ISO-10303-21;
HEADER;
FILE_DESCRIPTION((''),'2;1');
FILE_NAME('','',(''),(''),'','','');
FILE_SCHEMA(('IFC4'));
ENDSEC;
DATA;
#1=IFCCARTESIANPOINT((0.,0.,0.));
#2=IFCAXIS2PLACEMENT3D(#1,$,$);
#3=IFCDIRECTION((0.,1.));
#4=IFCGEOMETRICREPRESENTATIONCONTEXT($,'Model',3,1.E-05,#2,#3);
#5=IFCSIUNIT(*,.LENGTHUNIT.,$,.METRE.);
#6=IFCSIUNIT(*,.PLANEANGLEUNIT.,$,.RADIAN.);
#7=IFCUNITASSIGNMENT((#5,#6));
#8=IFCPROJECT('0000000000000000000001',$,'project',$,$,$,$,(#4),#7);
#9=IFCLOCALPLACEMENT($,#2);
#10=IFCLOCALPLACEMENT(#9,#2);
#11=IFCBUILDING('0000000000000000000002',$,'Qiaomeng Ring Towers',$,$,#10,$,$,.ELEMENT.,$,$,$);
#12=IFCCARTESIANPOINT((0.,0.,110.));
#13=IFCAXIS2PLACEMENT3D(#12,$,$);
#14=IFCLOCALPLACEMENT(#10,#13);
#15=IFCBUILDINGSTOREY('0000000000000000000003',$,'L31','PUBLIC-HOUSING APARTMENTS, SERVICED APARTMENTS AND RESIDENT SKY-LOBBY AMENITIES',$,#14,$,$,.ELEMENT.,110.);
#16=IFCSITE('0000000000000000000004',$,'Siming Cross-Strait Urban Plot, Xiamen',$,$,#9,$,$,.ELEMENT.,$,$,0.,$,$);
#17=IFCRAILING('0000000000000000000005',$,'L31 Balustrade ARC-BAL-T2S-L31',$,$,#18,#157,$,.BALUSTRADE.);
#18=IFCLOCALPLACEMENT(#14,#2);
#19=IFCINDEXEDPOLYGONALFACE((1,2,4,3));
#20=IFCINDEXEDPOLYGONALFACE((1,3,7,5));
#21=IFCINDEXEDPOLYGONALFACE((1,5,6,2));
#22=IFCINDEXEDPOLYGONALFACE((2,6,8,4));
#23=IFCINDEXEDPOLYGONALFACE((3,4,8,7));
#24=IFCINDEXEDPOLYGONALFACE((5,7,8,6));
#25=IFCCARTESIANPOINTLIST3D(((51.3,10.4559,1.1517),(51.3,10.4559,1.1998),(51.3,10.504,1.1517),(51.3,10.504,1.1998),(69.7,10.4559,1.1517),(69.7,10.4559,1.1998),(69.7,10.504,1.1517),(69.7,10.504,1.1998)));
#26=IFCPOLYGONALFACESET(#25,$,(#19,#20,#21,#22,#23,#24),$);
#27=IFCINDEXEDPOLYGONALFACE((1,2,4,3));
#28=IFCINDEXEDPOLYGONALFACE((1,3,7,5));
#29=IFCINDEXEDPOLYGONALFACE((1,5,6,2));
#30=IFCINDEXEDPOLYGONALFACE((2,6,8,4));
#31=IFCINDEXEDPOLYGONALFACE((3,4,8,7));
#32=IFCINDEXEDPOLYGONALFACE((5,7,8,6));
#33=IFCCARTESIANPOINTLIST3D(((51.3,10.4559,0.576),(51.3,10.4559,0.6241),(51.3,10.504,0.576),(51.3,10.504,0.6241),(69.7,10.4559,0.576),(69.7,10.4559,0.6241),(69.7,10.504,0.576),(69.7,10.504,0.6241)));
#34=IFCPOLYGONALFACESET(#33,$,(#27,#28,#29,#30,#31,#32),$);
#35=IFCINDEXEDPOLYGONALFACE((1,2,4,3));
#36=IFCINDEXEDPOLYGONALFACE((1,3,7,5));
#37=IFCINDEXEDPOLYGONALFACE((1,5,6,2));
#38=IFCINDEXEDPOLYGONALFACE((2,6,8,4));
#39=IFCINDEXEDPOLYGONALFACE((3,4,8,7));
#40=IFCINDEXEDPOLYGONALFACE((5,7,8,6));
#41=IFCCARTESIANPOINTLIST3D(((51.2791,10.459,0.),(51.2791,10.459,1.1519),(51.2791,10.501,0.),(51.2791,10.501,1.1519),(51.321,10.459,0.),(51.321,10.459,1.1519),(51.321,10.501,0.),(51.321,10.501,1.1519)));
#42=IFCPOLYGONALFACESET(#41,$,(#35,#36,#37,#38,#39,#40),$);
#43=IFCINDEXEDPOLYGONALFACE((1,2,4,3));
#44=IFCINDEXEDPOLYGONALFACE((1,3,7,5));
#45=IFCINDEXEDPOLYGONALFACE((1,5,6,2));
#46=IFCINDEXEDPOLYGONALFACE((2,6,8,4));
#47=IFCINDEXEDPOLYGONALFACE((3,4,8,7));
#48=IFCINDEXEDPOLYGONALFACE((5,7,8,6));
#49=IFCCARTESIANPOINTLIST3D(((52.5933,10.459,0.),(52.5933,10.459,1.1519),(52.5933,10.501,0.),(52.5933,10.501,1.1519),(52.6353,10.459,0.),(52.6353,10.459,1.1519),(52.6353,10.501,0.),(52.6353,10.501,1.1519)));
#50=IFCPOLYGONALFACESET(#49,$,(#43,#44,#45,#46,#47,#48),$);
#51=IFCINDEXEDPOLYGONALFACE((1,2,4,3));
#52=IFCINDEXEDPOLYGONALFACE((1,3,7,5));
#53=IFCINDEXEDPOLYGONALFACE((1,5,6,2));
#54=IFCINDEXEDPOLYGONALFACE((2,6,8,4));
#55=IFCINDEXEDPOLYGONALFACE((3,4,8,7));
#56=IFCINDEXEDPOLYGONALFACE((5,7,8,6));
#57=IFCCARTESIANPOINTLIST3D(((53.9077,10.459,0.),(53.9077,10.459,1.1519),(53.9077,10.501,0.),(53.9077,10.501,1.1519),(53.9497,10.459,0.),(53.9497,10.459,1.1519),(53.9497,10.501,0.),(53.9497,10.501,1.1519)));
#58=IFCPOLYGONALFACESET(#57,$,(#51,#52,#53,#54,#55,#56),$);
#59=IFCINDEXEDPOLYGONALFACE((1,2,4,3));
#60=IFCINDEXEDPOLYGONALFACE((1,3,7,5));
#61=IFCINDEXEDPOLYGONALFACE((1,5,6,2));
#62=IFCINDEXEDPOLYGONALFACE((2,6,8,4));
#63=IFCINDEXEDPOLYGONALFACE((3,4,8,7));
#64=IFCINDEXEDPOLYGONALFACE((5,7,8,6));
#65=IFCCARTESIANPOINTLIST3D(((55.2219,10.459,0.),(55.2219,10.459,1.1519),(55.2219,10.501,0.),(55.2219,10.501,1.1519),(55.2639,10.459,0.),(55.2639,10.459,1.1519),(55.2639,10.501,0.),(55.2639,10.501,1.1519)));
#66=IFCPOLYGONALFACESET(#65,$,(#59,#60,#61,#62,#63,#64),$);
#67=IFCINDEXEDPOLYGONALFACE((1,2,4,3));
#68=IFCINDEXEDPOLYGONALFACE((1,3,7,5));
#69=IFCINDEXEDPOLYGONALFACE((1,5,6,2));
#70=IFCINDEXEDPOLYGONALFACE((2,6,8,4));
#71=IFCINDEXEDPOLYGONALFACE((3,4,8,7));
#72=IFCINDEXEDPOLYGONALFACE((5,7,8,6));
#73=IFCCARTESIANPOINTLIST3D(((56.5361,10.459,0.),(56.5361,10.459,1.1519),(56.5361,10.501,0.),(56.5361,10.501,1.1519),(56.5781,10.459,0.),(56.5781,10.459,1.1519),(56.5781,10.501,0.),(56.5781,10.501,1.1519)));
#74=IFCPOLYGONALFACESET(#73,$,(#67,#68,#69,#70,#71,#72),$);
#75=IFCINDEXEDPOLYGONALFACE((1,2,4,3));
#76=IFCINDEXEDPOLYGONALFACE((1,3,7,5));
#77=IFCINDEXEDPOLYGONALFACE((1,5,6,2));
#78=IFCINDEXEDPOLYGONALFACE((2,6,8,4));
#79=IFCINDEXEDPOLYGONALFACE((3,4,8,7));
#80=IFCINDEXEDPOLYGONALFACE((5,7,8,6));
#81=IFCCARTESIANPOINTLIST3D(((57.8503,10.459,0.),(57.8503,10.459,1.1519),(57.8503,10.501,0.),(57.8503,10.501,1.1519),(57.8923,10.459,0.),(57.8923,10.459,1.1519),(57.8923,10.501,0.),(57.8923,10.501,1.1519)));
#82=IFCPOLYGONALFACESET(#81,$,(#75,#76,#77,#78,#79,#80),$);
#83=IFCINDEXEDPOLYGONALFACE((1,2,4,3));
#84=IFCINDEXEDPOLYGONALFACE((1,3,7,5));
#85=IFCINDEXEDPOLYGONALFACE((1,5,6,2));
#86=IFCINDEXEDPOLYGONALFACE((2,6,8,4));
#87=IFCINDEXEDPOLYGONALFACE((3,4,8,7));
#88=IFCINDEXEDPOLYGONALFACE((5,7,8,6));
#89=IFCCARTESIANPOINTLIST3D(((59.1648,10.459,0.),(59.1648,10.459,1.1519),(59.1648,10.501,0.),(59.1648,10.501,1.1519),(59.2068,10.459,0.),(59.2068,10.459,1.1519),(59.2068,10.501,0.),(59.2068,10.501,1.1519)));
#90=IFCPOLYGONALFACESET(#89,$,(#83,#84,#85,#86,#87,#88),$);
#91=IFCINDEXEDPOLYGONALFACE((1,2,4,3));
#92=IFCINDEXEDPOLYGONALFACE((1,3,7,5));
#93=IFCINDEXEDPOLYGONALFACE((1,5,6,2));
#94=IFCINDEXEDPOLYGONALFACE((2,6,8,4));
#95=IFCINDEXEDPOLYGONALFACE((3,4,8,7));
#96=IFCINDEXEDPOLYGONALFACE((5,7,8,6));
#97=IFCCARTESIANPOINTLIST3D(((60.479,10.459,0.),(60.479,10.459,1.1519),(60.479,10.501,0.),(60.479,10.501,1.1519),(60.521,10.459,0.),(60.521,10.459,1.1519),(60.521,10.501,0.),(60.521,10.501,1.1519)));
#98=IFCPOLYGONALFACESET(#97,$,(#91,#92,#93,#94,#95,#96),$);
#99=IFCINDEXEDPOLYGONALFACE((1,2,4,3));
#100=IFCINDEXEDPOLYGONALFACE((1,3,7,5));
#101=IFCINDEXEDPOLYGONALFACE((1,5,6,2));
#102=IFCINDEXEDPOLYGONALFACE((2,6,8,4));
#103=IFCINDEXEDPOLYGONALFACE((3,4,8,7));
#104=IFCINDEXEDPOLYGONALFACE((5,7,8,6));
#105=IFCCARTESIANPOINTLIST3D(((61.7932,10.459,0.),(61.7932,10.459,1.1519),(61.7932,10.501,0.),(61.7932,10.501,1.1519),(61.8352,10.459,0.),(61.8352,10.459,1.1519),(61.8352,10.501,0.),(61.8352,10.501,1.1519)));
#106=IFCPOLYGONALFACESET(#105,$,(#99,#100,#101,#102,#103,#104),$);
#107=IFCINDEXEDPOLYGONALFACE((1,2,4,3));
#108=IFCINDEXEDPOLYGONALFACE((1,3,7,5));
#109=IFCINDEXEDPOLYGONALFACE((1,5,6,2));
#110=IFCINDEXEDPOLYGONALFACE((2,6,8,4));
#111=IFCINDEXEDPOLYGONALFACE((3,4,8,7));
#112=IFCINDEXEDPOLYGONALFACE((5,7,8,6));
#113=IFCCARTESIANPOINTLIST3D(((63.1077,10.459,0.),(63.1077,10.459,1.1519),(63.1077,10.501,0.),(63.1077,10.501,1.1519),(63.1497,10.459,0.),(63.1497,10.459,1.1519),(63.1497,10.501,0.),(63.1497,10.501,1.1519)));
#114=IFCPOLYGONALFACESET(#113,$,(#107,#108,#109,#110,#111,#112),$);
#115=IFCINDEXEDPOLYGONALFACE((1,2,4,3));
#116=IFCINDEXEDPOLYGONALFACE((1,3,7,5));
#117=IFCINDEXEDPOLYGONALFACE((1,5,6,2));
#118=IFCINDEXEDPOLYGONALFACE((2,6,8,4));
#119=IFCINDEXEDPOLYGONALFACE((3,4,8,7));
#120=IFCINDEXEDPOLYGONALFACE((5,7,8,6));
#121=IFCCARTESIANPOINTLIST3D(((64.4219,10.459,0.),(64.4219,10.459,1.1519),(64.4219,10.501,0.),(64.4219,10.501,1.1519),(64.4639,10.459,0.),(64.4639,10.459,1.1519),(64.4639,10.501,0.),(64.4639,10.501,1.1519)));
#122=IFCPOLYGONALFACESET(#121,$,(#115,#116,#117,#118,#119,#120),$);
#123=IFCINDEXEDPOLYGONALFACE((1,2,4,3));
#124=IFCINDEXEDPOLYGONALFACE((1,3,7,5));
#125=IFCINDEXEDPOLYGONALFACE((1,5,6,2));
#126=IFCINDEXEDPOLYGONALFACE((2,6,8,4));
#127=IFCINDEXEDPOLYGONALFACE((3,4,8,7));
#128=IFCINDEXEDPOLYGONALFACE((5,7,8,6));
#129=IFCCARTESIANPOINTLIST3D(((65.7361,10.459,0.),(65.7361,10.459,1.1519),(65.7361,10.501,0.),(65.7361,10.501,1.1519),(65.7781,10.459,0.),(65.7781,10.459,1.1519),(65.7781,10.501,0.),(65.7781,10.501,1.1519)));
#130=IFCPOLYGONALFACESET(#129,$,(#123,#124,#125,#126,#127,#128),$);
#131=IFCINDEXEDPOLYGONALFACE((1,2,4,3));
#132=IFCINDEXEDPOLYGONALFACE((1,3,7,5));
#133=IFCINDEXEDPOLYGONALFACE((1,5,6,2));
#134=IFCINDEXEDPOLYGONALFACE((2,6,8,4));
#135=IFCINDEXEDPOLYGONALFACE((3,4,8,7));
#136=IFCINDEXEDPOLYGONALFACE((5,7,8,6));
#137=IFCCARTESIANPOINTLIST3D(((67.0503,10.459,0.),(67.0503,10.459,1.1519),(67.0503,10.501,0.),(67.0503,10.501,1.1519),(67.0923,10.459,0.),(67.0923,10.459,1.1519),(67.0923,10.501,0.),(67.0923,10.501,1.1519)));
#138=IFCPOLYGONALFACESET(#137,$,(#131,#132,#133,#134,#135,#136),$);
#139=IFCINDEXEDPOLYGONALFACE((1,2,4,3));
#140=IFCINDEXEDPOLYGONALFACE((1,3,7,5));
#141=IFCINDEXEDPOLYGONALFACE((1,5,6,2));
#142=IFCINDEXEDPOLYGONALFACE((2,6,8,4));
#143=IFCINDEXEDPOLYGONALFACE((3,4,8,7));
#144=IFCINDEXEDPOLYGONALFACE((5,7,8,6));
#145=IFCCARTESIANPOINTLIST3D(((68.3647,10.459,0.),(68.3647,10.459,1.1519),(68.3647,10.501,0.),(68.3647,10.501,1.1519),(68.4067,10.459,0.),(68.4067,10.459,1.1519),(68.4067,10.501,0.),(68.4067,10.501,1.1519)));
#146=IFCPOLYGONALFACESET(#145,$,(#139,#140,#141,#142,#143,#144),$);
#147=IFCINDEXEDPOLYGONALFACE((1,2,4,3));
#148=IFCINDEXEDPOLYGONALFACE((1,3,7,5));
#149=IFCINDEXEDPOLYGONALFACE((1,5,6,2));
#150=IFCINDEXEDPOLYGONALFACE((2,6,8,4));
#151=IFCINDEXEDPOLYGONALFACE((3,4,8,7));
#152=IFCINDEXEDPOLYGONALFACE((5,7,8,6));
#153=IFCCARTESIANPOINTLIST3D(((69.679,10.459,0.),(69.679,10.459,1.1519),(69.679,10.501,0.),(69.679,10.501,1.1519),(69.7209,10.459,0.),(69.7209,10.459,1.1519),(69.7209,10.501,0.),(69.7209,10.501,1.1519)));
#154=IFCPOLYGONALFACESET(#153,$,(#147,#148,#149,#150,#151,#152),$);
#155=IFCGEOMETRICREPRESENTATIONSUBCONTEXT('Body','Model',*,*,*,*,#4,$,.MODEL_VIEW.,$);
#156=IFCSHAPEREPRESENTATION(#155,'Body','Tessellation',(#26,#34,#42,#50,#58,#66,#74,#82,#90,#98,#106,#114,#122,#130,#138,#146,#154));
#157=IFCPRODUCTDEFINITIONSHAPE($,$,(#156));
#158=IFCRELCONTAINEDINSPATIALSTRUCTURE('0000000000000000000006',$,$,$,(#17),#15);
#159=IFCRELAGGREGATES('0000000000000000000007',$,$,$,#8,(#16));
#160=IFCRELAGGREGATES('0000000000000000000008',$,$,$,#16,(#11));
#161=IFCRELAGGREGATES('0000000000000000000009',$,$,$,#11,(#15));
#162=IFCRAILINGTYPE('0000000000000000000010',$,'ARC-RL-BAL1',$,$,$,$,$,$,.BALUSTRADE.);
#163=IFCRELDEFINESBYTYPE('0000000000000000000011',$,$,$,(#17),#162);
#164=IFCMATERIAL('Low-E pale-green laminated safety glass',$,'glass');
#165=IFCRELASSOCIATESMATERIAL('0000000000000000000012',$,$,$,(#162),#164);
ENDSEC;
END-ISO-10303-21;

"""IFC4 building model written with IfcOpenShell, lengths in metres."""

from ifc_helpers import new_model, si_unit, direction, frame, origin, origin_2d, place, context, subcontext, project, spatial, rectangle, extrude, material, type_object, element, save


model = new_model("IFC4")

# Units and contexts
model_context = context("Model", 3, precision=1e-05, world=origin(), true_north=direction((0.0, 1.0)))
body_context = subcontext(model_context, "Body", "Model", "MODEL_VIEW")
ifc_project = project(units=[si_unit("LENGTHUNIT", "METRE"), si_unit("PLANEANGLEUNIT", "RADIAN")], contexts=[model_context])

# Site, building, storey
site_placement = place(None, origin())
site = spatial("IfcSite", under=ifc_project, at=site_placement, Name="Siming Cross-Strait Urban Plot, Xiamen", CompositionType="ELEMENT", RefElevation=0.0)
building_placement = place(site_placement, origin())
building = spatial("IfcBuilding", under=site, at=building_placement, Name="Qiaomeng Ring Towers", CompositionType="ELEMENT")
storey_placement = place(building_placement, frame((0.0, 0.0, 110.0)))
storey = spatial("IfcBuildingStorey", under=building, at=storey_placement, Name="L31", Description="PUBLIC-HOUSING APARTMENTS, SERVICED APARTMENTS AND RESIDENT SKY-LOBBY AMENITIES", CompositionType="ELEMENT", Elevation=110.0)

# Railing
ifc_material_1 = material(Name="Low-E pale-green laminated safety glass", Category="glass")
railing_type = type_object("IfcRailingType", Name="ARC-RL-BAL1", PredefinedType="BALUSTRADE", material=ifc_material_1)
railing_placement = place(storey_placement, frame((51.3, 10.48, 0.0)))
element("IfcRailing", 1, at=railing_placement, inside=storey, type_object=railing_type, Name="L31 Balustrade ARC-BAL-T2S-L31", PredefinedType="BALUSTRADE", context=body_context, shape_type="SweptSolid", body=[
    extrude(rectangle(XDim=0.0481, YDim=0.0481, at=origin_2d()), frame((0.0, 0.0, 1.1758), z_axis=(1.0, 0.0, 0.0), x_axis=(0.0, 1.0, 0.0)), (0.0, 0.0, 1.0), 18.3999),
    extrude(rectangle(XDim=0.0481, YDim=0.0481, at=origin_2d()), frame((0.0, 0.0, 0.6001), z_axis=(1.0, 0.0, 0.0), x_axis=(0.0, 1.0, 0.0)), (0.0, 0.0, 1.0), 18.3999),
    extrude(rectangle(XDim=0.042, YDim=0.042, at=origin_2d()), origin(), (0.0, 0.0, 1.0), 1.1519),
    extrude(rectangle(XDim=0.042, YDim=0.042, at=origin_2d()), frame((1.3142, 0.0, 0.0)), (0.0, 0.0, 1.0), 1.1519),
    extrude(rectangle(XDim=0.042, YDim=0.042, at=origin_2d()), frame((2.6287, 0.0, 0.0)), (0.0, 0.0, 1.0), 1.1519),
    extrude(rectangle(XDim=0.042, YDim=0.042, at=origin_2d()), frame((3.9429, 0.0, 0.0)), (0.0, 0.0, 1.0), 1.1519),
    extrude(rectangle(XDim=0.042, YDim=0.042, at=origin_2d()), frame((5.2571, 0.0, 0.0)), (0.0, 0.0, 1.0), 1.1519),
    extrude(rectangle(XDim=0.042, YDim=0.042, at=origin_2d()), frame((6.5713, 0.0, 0.0)), (0.0, 0.0, 1.0), 1.1519),
    extrude(rectangle(XDim=0.042, YDim=0.042, at=origin_2d()), frame((7.8857, 0.0, 0.0)), (0.0, 0.0, 1.0), 1.1519),
    extrude(rectangle(XDim=0.042, YDim=0.042, at=origin_2d()), frame((9.2, 0.0, 0.0)), (0.0, 0.0, 1.0), 1.1519),
    extrude(rectangle(XDim=0.042, YDim=0.042, at=origin_2d()), frame((10.5142, 0.0, 0.0)), (0.0, 0.0, 1.0), 1.1519),
    extrude(rectangle(XDim=0.042, YDim=0.042, at=origin_2d()), frame((11.8286, 0.0, 0.0)), (0.0, 0.0, 1.0), 1.1519),
    extrude(rectangle(XDim=0.042, YDim=0.042, at=origin_2d()), frame((13.1428, 0.0, 0.0)), (0.0, 0.0, 1.0), 1.1519),
    extrude(rectangle(XDim=0.042, YDim=0.042, at=origin_2d()), frame((14.457, 0.0, 0.0)), (0.0, 0.0, 1.0), 1.1519),
    extrude(rectangle(XDim=0.042, YDim=0.042, at=origin_2d()), frame((15.7712, 0.0, 0.0)), (0.0, 0.0, 1.0), 1.1519),
    extrude(rectangle(XDim=0.042, YDim=0.042, at=origin_2d()), frame((17.0857, 0.0, 0.0)), (0.0, 0.0, 1.0), 1.1519),
    extrude(rectangle(XDim=0.042, YDim=0.042, at=origin_2d()), frame((18.3999, 0.0, 0.0)), (0.0, 0.0, 1.0), 1.1519),
])

save(model, "model.ifc")
